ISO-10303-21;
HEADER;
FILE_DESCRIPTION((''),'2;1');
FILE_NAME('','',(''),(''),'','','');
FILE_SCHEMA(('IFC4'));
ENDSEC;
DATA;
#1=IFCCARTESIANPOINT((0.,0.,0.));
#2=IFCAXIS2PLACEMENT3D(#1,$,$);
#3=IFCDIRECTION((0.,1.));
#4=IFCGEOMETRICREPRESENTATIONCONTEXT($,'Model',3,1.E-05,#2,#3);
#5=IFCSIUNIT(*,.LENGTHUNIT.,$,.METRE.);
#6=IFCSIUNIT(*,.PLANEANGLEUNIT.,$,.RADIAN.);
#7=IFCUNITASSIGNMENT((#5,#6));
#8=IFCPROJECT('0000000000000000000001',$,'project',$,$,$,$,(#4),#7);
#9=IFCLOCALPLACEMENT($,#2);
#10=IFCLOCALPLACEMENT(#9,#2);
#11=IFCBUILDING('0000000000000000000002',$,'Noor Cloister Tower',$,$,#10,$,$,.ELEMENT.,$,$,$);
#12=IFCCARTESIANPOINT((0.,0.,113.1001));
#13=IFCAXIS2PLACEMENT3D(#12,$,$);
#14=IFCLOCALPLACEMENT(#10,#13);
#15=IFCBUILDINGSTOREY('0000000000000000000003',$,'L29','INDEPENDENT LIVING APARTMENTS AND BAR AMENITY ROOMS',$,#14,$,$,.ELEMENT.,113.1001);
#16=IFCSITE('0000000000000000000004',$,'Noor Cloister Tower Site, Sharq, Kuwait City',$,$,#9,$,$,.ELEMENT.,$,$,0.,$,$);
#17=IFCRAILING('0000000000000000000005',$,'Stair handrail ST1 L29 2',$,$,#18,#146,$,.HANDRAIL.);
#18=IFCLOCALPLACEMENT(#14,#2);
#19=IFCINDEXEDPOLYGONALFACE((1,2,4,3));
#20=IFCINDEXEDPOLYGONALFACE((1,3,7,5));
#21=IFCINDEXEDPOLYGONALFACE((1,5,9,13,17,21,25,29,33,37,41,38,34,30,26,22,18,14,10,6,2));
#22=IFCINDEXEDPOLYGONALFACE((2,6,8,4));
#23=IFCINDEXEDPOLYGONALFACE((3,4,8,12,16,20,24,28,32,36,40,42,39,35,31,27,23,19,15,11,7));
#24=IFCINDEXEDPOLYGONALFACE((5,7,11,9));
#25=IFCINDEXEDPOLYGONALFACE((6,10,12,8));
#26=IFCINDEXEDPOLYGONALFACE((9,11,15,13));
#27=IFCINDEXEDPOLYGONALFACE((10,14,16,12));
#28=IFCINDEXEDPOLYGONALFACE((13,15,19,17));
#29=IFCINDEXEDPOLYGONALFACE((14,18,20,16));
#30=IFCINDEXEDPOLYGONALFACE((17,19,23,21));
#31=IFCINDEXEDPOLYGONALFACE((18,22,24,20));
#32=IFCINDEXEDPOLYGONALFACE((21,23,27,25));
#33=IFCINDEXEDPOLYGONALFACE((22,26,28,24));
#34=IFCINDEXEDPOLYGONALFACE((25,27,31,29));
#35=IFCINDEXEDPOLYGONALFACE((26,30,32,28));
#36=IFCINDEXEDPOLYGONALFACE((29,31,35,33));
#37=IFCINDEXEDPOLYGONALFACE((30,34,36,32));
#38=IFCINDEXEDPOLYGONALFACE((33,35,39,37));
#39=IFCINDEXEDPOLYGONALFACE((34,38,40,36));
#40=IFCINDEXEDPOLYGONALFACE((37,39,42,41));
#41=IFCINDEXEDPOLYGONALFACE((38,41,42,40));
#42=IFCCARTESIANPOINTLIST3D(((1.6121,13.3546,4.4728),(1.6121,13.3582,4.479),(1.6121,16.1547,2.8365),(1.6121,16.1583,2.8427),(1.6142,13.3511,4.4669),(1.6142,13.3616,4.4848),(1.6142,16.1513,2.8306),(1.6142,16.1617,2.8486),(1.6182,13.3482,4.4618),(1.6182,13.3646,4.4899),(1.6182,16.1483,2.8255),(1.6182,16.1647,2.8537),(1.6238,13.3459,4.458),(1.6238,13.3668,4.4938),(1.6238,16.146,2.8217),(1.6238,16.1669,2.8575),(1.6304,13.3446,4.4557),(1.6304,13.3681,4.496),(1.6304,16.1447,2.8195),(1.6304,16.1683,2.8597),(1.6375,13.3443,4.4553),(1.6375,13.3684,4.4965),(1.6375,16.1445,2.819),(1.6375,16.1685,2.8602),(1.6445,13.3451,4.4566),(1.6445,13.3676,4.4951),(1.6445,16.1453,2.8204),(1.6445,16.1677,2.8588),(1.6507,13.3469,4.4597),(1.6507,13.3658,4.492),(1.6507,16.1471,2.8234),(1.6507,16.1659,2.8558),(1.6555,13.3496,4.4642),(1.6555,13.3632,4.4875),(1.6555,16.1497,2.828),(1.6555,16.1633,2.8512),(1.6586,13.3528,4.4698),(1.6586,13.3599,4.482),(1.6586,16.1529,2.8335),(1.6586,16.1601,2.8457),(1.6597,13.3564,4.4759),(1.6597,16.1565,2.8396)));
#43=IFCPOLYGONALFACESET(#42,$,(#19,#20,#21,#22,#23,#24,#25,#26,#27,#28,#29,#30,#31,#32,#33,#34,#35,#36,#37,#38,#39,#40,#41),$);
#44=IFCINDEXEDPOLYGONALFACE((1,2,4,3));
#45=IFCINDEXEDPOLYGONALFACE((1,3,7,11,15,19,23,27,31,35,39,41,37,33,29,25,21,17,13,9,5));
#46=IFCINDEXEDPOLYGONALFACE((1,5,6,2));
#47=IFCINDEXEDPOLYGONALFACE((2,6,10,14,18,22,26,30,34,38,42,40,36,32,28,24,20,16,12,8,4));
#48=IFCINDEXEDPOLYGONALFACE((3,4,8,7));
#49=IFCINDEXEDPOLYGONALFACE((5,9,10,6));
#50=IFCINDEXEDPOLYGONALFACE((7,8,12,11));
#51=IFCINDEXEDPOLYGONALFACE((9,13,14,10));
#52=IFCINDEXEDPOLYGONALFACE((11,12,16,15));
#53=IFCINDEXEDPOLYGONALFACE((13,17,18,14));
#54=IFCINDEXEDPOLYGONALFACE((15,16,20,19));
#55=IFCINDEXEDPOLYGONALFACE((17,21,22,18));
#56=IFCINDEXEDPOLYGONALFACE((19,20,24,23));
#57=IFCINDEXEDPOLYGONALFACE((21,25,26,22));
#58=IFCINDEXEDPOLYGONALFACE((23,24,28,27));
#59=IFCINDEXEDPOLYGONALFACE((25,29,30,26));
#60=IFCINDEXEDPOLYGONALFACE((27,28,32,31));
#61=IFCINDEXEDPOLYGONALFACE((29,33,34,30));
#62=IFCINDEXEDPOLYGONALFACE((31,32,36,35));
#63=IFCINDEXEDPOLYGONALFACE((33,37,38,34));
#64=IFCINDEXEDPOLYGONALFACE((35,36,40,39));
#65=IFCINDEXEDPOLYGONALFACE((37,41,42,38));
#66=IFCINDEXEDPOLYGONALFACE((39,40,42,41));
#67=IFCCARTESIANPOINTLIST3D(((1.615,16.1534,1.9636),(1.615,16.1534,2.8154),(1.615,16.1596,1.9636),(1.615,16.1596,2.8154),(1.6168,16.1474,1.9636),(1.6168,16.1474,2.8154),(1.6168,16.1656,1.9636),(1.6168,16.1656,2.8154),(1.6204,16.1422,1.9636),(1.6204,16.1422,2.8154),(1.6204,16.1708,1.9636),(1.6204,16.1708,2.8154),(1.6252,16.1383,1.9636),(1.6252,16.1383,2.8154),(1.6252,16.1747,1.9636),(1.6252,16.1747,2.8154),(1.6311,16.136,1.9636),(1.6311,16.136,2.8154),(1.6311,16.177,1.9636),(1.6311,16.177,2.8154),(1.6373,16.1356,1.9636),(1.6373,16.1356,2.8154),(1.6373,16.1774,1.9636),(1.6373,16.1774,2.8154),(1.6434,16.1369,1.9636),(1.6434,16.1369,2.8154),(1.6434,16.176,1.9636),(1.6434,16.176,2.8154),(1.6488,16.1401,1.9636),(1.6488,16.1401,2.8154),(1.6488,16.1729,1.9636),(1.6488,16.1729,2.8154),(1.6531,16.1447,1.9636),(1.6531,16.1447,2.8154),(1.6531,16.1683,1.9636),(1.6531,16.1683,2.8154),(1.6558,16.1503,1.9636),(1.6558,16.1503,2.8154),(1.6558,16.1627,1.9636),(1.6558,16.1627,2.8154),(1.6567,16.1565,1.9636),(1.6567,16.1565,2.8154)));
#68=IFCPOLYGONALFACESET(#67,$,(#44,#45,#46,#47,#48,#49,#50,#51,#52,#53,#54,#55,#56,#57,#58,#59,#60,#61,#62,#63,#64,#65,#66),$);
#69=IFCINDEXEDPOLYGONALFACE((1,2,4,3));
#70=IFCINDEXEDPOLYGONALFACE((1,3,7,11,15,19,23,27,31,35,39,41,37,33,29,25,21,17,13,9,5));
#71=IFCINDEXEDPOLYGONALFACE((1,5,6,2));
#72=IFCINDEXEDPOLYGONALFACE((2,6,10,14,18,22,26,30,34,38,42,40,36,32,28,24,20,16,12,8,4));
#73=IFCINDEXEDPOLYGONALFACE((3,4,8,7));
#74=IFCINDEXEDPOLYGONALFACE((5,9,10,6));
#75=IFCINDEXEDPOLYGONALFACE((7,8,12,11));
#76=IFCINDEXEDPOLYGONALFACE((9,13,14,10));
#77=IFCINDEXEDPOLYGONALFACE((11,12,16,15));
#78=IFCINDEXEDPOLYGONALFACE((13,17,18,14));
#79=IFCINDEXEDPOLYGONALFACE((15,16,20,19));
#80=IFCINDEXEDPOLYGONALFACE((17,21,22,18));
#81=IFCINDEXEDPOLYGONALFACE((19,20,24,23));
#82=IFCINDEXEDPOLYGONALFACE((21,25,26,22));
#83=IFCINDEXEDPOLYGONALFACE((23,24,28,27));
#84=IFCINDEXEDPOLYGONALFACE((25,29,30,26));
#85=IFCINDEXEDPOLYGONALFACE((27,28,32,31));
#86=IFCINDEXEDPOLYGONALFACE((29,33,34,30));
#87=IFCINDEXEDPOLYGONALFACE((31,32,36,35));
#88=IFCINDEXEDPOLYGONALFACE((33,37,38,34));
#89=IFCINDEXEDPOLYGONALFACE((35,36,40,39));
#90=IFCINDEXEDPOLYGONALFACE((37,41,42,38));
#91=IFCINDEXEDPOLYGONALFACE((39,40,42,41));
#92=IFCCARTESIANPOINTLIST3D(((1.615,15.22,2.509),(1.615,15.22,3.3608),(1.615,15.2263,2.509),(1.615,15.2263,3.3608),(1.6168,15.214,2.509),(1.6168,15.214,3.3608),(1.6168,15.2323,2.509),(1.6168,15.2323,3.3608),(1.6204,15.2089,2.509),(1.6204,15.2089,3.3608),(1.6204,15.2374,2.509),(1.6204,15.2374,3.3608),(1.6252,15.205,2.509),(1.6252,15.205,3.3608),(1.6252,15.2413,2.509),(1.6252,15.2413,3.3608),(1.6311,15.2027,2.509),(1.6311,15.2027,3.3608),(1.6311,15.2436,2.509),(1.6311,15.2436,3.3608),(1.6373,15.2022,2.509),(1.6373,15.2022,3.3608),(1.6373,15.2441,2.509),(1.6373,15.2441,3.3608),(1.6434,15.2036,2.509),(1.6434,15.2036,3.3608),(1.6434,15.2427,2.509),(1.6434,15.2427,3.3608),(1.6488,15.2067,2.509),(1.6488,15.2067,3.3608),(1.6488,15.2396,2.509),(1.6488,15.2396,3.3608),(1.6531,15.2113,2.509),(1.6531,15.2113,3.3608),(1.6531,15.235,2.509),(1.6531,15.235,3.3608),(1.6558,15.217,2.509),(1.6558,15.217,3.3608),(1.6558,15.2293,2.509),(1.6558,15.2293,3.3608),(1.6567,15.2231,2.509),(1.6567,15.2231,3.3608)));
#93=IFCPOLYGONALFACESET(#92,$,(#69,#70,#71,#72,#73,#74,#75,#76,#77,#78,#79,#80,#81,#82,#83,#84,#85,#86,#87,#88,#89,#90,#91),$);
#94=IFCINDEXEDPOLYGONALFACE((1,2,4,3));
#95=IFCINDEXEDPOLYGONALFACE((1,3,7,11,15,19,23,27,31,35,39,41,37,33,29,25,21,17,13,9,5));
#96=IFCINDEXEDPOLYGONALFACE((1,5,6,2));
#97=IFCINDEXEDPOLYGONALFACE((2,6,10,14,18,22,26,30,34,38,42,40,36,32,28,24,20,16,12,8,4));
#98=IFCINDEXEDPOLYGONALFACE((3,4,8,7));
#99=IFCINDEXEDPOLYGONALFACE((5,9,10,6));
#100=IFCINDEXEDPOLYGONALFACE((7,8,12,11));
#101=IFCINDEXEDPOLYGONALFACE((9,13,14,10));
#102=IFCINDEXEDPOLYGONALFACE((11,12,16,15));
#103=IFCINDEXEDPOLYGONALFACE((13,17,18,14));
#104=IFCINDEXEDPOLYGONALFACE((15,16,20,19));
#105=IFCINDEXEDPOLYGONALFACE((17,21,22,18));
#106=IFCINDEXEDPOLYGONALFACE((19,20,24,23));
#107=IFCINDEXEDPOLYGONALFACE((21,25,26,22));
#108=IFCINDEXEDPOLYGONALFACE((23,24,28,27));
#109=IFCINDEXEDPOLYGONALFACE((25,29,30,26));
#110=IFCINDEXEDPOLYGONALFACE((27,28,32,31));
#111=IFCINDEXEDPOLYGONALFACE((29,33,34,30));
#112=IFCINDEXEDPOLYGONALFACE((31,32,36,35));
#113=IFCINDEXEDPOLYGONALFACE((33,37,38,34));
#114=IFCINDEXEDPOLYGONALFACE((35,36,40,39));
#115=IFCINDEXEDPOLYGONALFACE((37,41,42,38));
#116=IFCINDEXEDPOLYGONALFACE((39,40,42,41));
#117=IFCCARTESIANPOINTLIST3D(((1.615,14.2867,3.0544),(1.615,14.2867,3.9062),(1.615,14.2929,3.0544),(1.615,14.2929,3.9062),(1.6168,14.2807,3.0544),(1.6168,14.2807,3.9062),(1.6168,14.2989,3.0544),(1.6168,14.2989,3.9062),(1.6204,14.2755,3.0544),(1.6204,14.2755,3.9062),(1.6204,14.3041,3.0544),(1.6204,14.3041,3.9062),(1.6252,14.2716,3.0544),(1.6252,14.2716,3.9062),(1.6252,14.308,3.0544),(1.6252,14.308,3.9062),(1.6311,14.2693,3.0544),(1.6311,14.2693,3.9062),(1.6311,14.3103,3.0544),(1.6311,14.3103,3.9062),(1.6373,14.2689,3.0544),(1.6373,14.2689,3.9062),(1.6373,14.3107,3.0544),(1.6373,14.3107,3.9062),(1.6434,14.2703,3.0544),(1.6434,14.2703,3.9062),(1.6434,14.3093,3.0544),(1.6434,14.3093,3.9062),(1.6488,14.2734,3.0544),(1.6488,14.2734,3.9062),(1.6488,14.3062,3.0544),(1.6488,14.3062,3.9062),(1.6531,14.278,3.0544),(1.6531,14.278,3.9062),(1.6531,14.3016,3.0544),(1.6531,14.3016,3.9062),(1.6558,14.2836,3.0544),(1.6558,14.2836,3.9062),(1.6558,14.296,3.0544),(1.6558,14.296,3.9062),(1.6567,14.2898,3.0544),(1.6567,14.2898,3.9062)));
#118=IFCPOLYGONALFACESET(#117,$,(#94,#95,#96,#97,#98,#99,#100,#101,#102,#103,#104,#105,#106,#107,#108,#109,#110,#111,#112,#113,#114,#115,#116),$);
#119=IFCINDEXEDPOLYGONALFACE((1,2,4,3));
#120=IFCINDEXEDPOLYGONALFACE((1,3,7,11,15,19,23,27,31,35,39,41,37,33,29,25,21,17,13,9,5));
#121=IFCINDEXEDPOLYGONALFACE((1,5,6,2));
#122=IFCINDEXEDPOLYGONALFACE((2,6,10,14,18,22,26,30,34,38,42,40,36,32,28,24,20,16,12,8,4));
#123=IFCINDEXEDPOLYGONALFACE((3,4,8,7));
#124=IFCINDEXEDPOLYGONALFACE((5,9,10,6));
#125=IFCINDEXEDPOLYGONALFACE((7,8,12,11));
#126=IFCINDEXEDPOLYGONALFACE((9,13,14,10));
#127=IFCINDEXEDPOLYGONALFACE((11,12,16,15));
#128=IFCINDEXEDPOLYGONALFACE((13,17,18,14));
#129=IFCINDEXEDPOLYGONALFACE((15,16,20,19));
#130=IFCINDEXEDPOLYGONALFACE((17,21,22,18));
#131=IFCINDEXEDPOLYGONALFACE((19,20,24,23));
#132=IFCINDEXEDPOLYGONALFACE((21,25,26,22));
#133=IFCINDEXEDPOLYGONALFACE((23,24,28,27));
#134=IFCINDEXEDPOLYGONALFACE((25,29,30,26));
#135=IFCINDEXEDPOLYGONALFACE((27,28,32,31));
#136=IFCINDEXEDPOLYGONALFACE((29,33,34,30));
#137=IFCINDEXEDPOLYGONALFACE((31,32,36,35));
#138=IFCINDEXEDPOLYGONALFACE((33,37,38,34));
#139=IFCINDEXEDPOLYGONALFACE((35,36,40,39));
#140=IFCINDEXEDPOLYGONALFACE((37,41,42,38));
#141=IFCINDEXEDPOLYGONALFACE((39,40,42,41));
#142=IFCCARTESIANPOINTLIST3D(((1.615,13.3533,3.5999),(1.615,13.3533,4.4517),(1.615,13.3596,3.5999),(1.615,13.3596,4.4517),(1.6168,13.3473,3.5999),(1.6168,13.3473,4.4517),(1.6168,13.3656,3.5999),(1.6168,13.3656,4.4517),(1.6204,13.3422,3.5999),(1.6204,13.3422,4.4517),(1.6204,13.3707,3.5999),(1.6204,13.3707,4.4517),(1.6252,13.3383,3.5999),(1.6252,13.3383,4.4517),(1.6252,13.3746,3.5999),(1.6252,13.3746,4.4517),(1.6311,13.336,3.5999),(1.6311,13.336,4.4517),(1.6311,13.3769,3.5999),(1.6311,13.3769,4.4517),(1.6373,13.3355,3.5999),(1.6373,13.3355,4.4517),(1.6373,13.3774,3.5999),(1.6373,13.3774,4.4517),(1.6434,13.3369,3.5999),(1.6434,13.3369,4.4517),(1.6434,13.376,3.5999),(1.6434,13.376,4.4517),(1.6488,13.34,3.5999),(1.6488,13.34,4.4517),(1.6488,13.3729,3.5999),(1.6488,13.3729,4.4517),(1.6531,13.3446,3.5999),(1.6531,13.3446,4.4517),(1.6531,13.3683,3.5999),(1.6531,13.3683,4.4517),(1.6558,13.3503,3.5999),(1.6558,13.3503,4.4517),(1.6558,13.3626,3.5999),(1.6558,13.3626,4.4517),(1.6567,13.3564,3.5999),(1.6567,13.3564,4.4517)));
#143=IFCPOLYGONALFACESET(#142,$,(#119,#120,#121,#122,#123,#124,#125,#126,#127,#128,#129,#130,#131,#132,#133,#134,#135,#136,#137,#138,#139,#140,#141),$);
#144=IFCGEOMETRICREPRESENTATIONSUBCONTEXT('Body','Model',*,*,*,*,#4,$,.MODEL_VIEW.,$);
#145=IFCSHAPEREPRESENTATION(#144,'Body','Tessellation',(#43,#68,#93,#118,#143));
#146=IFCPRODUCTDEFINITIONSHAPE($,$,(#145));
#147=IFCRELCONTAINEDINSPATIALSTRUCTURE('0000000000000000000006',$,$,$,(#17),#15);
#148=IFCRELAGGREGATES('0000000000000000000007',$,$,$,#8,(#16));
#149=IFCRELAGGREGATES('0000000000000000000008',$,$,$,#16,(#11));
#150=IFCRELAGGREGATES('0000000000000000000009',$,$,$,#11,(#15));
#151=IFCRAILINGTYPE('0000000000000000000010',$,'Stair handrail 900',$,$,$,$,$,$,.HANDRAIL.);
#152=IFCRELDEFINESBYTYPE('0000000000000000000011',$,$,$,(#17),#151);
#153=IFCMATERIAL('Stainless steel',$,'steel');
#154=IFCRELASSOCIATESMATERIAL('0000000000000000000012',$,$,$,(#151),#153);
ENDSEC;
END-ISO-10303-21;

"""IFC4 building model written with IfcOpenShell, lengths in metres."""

from ifc_helpers import new_model, si_unit, direction, frame, origin, origin_2d, place, context, subcontext, project, spatial, circle, extrude, material, type_object, element, save


model = new_model("IFC4")

# Units and contexts
model_context = context("Model", 3, precision=1e-05, world=origin(), true_north=direction((0.0, 1.0)))
body_context = subcontext(model_context, "Body", "Model", "MODEL_VIEW")
ifc_project = project(units=[si_unit("LENGTHUNIT", "METRE"), si_unit("PLANEANGLEUNIT", "RADIAN")], contexts=[model_context])

# Site, building, storey
site_placement = place(None, origin())
site = spatial("IfcSite", under=ifc_project, at=site_placement, Name="Noor Cloister Tower Site, Sharq, Kuwait City", CompositionType="ELEMENT", RefElevation=0.0)
building_placement = place(site_placement, origin())
building = spatial("IfcBuilding", under=site, at=building_placement, Name="Noor Cloister Tower", CompositionType="ELEMENT")
storey_placement = place(building_placement, frame((0.0, 0.0, 113.1001)))
storey = spatial("IfcBuildingStorey", under=building, at=storey_placement, Name="L29", Description="INDEPENDENT LIVING APARTMENTS AND BAR AMENITY ROOMS", CompositionType="ELEMENT", Elevation=113.1001)

# Railing
ifc_material_1 = material(Name="Stainless steel", Category="steel")
railing_type_1 = type_object("IfcRailingType", Name="Stair handrail 900", PredefinedType="HANDRAIL", material=ifc_material_1)
railing_1_placement = place(storey_placement, frame((1.6357, 16.1565, 1.9636)))
element("IfcRailing", 1, at=railing_1_placement, inside=storey, type_object=railing_type_1, Name="Stair handrail ST1 L29 2", PredefinedType="HANDRAIL", context=body_context, shape_type="SweptSolid", body=[
    extrude(circle(Radius=0.0239, at=origin_2d()), frame((0.0, 0.0, 0.876), z_axis=(0.0, -0.863394, 0.504531), x_axis=(1.0, 0.0, 0.0)), (0.0, 0.0, 1.0), 3.2432),
    extrude(circle(Radius=0.021, at=origin_2d()), origin(), (0.0, 0.0, 1.0), 0.8518),
    extrude(circle(Radius=0.021, at=origin_2d()), frame((0.0, -0.9333, 0.5454)), (0.0, 0.0, 1.0), 0.8518),
    extrude(circle(Radius=0.021, at=origin_2d()), frame((0.0, -1.8667, 1.0908)), (0.0, 0.0, 1.0), 0.8518),
    extrude(circle(Radius=0.021, at=origin_2d()), frame((0.0, -2.8, 1.6362)), (0.0, 0.0, 1.0), 0.8518),
])

save(model, "model.ifc")
